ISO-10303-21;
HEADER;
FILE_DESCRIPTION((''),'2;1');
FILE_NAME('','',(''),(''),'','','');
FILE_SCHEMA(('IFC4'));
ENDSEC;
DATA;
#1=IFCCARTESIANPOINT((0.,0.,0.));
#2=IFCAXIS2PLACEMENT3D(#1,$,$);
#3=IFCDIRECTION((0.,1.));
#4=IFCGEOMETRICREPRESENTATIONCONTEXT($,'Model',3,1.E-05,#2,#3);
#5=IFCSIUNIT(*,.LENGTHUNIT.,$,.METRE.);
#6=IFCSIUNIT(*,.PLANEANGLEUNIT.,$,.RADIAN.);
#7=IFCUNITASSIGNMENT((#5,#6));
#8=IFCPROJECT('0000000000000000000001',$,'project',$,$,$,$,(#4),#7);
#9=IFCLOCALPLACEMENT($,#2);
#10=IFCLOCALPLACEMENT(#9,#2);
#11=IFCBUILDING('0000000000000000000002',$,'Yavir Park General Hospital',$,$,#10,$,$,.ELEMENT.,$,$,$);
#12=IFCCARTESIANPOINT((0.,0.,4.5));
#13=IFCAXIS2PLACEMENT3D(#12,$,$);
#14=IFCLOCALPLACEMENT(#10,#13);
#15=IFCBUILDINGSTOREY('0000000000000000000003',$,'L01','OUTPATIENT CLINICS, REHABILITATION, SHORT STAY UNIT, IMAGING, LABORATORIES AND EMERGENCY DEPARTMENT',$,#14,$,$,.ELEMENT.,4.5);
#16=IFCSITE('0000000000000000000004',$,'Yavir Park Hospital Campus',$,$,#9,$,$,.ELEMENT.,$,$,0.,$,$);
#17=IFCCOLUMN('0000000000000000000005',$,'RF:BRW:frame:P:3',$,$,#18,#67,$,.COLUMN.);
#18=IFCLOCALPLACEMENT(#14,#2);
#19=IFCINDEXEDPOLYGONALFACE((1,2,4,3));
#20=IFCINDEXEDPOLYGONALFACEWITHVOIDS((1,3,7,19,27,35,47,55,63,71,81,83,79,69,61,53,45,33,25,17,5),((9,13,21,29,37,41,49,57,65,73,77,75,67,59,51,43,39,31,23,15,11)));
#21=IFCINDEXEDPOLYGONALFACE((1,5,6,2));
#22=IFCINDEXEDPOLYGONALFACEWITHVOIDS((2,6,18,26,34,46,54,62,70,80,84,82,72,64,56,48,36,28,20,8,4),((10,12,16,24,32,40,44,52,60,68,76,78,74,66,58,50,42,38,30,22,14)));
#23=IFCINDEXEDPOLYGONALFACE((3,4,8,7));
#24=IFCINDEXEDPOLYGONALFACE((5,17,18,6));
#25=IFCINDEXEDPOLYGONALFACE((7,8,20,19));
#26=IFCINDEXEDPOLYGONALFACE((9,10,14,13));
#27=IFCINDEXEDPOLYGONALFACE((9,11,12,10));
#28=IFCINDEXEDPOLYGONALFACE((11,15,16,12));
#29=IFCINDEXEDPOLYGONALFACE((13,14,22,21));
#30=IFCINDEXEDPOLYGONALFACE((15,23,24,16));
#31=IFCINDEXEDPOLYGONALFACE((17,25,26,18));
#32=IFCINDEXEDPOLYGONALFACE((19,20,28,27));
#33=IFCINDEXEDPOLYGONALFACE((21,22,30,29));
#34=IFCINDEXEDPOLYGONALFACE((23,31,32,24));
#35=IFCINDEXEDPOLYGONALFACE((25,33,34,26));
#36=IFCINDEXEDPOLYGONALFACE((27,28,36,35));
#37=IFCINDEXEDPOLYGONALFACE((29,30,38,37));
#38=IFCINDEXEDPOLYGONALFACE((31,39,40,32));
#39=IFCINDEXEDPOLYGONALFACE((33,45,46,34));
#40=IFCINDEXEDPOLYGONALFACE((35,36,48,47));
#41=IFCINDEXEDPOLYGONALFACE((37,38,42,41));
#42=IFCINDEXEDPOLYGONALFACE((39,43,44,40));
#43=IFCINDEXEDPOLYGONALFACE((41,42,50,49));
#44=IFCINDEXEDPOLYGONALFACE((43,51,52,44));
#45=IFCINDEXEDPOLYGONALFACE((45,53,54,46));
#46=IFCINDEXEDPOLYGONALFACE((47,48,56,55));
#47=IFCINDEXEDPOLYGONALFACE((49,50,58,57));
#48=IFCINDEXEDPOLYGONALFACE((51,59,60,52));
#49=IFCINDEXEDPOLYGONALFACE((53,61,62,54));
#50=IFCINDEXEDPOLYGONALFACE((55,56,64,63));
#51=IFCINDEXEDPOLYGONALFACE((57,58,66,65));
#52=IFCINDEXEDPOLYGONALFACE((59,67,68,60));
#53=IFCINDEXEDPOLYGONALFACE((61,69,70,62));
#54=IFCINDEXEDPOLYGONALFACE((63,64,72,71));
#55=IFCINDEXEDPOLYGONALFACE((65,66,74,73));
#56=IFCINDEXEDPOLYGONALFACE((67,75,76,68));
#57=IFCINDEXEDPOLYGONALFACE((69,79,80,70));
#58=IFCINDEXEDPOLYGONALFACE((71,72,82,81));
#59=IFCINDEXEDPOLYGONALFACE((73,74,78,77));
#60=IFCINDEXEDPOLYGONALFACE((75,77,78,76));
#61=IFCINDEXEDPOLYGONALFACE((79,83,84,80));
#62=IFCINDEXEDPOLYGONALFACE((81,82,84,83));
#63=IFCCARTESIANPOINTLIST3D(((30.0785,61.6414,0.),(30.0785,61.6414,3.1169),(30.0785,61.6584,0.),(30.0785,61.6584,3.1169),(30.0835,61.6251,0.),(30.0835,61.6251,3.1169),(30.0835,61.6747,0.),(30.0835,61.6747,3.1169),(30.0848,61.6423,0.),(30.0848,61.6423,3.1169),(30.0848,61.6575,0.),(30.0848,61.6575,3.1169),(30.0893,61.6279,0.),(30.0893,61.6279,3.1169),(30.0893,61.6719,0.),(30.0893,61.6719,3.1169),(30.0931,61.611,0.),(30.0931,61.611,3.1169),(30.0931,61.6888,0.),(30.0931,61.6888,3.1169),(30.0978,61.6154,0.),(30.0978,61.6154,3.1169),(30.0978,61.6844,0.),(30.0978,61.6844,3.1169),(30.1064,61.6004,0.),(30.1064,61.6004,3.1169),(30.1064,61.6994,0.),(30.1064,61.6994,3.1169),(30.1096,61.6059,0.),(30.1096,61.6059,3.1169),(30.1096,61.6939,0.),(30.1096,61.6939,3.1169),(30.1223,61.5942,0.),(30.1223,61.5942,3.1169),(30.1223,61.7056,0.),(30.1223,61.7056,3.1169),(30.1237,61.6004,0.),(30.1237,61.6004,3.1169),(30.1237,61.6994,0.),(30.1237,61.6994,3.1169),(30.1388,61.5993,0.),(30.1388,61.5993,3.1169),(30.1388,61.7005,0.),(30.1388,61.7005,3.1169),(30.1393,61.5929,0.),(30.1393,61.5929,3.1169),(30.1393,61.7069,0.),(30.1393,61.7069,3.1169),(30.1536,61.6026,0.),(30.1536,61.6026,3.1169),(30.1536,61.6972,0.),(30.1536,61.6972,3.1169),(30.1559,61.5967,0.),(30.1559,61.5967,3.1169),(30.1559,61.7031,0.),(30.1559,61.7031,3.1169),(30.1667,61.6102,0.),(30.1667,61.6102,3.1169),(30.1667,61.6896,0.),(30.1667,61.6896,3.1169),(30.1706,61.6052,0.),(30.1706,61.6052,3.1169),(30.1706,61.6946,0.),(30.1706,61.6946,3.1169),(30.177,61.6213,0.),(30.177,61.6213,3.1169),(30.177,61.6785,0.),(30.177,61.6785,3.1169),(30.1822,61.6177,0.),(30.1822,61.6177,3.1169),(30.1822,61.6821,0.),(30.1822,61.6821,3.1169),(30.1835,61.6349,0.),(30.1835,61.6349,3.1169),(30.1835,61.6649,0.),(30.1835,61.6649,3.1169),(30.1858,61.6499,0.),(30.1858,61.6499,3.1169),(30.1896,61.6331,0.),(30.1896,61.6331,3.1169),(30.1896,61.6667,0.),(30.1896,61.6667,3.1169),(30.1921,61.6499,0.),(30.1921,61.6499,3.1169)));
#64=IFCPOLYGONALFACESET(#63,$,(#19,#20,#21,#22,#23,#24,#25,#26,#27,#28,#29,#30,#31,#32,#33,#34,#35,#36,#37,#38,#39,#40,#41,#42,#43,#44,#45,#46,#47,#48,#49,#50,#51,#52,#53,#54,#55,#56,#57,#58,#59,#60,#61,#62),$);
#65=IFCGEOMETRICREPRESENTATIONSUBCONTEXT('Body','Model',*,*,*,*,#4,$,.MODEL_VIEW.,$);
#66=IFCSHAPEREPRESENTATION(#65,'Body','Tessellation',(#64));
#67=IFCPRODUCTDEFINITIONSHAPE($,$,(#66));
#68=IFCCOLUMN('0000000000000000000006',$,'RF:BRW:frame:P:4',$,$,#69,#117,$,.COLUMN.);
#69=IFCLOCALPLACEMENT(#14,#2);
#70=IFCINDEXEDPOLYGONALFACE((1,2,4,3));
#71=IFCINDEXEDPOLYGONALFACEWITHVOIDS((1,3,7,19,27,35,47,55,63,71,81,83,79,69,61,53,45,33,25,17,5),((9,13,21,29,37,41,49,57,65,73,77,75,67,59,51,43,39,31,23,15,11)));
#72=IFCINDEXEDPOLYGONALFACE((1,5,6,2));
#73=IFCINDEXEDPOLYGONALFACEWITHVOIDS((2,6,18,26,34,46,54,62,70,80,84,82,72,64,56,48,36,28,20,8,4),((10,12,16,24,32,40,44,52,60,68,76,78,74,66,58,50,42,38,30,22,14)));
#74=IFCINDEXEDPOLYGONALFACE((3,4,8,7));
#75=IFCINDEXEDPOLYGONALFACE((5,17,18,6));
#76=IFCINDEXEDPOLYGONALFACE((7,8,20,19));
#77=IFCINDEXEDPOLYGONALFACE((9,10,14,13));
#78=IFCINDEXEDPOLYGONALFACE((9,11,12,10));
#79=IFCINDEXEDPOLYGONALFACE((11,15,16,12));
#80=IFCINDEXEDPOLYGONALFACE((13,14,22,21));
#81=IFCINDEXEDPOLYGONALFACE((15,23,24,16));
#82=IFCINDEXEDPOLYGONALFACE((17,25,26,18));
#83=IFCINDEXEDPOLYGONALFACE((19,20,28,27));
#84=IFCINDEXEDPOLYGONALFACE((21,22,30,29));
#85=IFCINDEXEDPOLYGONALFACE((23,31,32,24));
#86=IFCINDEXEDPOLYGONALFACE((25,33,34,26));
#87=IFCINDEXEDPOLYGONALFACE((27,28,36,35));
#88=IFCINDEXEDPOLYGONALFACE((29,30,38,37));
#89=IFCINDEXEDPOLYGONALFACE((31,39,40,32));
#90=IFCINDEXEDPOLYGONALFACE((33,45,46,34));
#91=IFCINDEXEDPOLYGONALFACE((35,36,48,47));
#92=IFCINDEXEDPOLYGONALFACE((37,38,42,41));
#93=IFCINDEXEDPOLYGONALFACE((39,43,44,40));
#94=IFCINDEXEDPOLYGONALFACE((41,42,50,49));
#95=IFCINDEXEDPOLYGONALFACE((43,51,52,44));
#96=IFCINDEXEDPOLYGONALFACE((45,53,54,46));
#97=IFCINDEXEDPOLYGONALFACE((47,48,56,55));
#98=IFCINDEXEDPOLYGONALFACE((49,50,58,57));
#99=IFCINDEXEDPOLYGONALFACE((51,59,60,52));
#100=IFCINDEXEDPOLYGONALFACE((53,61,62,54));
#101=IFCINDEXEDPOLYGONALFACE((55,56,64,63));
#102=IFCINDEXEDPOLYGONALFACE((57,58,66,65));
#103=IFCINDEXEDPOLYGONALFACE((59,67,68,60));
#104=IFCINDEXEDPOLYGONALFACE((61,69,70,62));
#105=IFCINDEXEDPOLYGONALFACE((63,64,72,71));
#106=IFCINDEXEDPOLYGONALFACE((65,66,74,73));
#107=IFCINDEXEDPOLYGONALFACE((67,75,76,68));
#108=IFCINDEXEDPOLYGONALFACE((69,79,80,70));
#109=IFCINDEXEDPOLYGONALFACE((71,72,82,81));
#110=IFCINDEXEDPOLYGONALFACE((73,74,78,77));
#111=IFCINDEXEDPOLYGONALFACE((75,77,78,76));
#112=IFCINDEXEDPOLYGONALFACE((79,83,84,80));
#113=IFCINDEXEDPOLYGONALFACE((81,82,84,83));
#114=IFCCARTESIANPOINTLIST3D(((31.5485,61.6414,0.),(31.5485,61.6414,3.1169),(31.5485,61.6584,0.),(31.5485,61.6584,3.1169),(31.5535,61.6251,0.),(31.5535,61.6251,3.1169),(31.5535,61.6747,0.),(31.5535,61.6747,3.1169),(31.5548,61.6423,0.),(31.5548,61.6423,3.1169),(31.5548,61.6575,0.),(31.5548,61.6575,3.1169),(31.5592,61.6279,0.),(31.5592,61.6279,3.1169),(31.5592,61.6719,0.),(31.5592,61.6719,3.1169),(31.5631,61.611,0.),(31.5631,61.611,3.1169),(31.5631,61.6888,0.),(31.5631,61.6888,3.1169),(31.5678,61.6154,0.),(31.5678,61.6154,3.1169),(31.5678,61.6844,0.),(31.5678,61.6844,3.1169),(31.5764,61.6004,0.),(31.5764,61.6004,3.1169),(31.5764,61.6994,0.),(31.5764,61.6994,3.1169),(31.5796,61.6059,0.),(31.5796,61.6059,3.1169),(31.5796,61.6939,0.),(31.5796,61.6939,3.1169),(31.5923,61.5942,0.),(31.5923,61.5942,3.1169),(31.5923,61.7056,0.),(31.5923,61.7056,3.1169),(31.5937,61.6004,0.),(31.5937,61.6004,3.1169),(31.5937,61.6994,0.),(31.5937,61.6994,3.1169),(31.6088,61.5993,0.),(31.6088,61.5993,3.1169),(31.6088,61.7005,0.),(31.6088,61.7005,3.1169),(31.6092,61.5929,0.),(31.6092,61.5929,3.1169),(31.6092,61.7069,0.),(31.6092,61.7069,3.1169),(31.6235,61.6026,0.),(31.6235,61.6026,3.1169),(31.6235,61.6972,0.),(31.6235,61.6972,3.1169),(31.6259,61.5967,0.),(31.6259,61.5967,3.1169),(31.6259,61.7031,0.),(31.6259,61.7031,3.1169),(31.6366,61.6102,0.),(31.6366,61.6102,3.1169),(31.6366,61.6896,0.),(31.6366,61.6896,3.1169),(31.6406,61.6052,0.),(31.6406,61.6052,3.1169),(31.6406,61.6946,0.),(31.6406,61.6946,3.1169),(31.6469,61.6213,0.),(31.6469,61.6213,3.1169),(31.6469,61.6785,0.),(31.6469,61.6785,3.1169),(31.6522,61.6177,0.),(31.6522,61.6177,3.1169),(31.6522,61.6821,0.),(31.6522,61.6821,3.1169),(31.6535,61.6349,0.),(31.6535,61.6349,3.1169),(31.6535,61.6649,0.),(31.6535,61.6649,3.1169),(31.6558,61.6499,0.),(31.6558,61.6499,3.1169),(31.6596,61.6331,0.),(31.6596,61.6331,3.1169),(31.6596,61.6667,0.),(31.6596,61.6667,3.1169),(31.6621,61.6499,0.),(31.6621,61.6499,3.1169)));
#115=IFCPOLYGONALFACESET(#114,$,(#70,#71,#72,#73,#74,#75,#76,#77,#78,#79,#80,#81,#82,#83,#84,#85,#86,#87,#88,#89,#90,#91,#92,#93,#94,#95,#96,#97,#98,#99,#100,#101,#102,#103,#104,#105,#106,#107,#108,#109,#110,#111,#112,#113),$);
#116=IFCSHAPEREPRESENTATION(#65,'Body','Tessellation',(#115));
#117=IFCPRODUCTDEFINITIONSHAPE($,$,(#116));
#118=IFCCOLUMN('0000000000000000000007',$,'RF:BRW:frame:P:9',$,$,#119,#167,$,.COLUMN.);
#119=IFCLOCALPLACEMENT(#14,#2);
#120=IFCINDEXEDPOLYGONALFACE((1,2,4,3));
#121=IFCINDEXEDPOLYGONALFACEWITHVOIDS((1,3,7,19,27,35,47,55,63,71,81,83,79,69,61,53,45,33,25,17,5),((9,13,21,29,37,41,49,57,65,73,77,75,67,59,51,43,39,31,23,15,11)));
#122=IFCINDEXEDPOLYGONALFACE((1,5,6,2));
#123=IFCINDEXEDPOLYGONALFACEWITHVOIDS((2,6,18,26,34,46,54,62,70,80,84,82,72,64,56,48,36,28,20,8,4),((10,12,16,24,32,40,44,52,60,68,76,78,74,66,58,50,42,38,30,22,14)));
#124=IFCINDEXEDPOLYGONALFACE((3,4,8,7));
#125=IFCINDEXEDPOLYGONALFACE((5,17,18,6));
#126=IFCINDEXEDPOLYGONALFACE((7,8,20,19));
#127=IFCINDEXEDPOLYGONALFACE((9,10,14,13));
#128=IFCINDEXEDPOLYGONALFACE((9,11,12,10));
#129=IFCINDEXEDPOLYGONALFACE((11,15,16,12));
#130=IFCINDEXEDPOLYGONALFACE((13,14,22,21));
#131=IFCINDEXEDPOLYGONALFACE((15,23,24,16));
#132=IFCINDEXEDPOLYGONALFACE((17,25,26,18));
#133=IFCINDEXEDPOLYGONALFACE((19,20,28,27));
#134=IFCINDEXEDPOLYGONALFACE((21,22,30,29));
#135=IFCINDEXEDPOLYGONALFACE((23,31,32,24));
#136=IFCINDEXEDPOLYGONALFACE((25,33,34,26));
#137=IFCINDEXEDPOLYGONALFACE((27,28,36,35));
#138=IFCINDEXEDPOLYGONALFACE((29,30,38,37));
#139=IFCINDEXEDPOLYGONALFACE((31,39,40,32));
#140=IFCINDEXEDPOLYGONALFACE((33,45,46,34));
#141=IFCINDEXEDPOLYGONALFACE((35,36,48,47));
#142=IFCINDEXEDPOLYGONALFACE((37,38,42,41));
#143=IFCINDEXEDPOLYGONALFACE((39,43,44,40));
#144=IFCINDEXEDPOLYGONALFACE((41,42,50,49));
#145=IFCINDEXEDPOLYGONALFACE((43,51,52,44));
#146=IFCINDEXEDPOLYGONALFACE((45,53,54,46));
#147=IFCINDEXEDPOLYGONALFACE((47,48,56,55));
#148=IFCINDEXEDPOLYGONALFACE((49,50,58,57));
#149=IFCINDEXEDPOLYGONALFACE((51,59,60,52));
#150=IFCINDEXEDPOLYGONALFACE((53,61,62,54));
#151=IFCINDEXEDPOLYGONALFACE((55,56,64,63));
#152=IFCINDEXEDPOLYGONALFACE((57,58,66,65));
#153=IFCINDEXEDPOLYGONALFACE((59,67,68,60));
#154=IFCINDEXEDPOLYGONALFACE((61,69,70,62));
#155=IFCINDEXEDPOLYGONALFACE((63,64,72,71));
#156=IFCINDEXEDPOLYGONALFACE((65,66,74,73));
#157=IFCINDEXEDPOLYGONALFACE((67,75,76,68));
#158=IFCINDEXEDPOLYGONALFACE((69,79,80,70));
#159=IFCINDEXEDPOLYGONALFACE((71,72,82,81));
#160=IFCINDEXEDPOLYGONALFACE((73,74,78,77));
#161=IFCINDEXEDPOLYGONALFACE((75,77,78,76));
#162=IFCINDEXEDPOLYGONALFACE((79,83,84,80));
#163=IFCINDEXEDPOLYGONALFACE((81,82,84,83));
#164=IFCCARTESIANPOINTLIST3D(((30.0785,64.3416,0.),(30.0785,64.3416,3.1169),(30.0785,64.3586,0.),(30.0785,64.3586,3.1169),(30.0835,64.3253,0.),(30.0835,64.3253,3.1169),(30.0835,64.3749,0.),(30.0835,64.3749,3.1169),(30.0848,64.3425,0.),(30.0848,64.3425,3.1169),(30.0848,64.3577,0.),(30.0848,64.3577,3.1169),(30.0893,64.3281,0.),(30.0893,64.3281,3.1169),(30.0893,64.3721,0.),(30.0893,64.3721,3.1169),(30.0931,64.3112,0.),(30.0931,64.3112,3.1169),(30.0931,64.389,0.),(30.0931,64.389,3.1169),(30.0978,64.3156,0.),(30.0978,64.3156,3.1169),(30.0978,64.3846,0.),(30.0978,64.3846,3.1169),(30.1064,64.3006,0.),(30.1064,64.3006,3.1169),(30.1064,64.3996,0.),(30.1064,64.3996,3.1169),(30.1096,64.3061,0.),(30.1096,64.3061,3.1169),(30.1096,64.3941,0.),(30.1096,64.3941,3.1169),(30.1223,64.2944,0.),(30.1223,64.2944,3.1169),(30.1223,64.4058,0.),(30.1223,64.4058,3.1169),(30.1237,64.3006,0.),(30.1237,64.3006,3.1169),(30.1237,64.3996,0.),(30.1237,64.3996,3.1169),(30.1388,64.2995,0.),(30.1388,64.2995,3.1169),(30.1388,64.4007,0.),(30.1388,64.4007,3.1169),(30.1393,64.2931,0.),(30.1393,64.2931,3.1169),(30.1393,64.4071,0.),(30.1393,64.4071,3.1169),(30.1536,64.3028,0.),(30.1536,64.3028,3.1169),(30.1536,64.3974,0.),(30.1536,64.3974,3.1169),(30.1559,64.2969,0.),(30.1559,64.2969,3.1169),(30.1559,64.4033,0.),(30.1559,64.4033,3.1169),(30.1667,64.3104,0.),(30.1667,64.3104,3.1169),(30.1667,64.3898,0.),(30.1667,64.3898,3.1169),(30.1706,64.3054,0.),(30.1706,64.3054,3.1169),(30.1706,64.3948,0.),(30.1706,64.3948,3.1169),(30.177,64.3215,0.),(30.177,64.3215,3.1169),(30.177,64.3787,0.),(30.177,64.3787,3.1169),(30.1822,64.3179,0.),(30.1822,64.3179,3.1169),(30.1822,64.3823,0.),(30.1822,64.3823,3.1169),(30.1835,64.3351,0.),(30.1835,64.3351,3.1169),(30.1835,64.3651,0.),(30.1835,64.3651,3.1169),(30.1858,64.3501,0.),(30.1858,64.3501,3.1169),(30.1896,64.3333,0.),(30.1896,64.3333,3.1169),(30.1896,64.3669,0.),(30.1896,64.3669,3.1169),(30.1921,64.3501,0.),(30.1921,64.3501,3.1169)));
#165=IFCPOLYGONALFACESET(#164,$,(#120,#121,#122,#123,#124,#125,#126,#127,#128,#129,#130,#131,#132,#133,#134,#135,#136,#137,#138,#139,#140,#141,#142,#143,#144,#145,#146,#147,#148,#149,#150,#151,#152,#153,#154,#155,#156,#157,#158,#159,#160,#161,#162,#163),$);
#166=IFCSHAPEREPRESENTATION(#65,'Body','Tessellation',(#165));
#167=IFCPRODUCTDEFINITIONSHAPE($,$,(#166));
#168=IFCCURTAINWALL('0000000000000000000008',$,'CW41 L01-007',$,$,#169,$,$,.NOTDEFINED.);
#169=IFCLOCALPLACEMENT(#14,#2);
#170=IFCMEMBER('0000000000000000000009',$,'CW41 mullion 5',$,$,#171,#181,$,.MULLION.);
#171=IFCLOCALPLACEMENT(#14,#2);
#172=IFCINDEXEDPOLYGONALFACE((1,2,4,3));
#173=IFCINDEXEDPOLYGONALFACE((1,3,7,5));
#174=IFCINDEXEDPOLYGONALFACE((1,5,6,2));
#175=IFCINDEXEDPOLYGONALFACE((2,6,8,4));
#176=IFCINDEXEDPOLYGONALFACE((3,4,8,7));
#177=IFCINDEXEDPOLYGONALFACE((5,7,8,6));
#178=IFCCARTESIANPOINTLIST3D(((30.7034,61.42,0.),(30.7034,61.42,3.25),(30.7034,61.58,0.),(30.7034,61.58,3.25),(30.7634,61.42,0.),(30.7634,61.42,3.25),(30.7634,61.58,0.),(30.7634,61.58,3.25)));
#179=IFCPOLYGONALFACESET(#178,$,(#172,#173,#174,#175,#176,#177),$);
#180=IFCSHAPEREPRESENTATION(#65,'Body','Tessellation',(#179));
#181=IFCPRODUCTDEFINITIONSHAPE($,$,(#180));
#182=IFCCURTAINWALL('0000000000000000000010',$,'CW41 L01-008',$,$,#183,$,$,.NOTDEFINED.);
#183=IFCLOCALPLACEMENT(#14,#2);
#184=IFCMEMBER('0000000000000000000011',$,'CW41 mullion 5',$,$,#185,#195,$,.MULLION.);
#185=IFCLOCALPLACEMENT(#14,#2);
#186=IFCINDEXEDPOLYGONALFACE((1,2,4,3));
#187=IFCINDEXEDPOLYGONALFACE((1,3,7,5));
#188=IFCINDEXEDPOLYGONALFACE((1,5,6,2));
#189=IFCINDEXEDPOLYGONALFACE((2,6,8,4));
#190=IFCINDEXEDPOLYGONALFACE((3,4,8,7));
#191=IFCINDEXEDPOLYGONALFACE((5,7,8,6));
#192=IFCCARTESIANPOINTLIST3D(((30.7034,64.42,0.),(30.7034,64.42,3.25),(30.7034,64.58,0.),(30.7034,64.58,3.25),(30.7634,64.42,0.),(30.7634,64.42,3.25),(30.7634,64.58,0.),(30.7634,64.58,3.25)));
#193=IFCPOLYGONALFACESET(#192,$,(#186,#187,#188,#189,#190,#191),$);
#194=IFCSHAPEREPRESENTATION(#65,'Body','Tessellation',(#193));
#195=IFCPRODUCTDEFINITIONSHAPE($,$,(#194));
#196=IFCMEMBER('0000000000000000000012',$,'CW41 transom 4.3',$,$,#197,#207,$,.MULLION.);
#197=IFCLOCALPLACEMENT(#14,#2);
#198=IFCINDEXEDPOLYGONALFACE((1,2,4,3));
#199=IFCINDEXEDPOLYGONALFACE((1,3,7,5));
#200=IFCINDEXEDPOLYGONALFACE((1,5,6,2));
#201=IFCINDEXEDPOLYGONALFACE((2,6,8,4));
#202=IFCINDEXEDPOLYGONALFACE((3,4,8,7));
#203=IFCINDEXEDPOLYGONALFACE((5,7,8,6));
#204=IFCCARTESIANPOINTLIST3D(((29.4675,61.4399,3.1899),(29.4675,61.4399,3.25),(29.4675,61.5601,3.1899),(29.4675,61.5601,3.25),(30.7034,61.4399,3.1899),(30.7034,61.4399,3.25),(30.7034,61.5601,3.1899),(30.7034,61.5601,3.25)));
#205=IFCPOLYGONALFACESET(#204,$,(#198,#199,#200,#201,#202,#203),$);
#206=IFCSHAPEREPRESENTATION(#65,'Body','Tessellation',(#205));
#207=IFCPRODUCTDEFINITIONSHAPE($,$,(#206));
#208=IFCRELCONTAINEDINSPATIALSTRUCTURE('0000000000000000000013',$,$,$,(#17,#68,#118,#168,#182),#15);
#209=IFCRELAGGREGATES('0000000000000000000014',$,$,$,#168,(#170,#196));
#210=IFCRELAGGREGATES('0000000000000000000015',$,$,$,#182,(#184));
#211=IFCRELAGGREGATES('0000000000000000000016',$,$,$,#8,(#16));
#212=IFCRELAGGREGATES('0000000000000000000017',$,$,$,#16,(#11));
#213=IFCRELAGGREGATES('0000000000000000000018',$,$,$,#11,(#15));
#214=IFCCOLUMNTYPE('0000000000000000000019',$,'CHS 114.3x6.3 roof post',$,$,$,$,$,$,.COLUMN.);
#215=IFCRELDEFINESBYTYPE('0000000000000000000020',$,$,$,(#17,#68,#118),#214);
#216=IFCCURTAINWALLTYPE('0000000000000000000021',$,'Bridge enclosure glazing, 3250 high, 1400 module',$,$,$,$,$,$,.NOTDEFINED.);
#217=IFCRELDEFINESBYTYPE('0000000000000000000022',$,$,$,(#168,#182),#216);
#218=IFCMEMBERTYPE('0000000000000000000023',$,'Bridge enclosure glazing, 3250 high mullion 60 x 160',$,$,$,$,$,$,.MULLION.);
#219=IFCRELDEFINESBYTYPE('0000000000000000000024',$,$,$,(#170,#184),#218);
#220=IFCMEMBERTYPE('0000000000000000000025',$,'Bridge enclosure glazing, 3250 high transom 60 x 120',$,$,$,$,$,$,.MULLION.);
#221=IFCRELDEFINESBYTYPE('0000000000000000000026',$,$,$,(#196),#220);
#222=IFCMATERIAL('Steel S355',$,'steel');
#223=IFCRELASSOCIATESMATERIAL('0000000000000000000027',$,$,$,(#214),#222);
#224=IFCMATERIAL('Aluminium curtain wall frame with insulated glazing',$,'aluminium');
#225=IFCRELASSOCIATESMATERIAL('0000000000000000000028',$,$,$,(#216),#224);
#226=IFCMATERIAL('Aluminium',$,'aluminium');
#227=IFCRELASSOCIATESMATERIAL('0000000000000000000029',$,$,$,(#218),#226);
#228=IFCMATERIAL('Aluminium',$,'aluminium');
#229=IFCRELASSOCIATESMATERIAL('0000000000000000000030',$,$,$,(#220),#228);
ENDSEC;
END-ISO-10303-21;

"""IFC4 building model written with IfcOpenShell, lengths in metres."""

from ifc_helpers import new_model, si_unit, direction, frame, origin, origin_2d, place, context, subcontext, project, spatial, rectangle, hollow_circle, extrude, material, material_profile, profile_set, type_object, element, aggregate, save


model = new_model("IFC4")

# Units and contexts
model_context = context("Model", 3, precision=1e-05, world=origin(), true_north=direction((0.0, 1.0)))
body_context = subcontext(model_context, "Body", "Model", "MODEL_VIEW")
ifc_project = project(units=[si_unit("LENGTHUNIT", "METRE"), si_unit("PLANEANGLEUNIT", "RADIAN")], contexts=[model_context])

# Site, building, storey
site_placement = place(None, origin())
site = spatial("IfcSite", under=ifc_project, at=site_placement, Name="Yavir Park Hospital Campus", CompositionType="ELEMENT", RefElevation=0.0)
building_placement = place(site_placement, origin())
building = spatial("IfcBuilding", under=site, at=building_placement, Name="Yavir Park General Hospital", CompositionType="ELEMENT")
storey_placement = place(building_placement, frame((0.0, 0.0, 4.5)))
storey = spatial("IfcBuildingStorey", under=building, at=storey_placement, Name="L01", Description="OUTPATIENT CLINICS, REHABILITATION, SHORT STAY UNIT, IMAGING, LABORATORIES AND EMERGENCY DEPARTMENT", CompositionType="ELEMENT", Elevation=4.5)

# Columns
ifc_material_1 = material(Name="Steel S355", Category="steel")
ifc_material_profile_1 = material_profile(ifc_material_1, hollow_circle(Radius=0.0571, WallThickness=0.0063, at=origin_2d()), Name="CHS114.3x6.3")
ifc_profile_set_1 = profile_set([ifc_material_profile_1], Name="Steel S355")
column_type = type_object("IfcColumnType", Name="CHS 114.3x6.3 roof post", PredefinedType="COLUMN", material=ifc_profile_set_1)
for number, where, z_axis, x_axis, name in (
    (1, (30.135, 61.6499, 0.0), (0.0, 0.0, 1.0), (1.0, 0.0, 0.0), "RF:BRW:frame:P:3"),
    (2, (31.605, 61.6499, 0.0), (0.0, 0.0, 1.0), (1.0, 0.0, 0.0), "RF:BRW:frame:P:4"),
    (3, (30.135, 64.3501, 0.0), (0.0, 0.0, 1.0), (1.0, 0.0, 0.0), "RF:BRW:frame:P:9"),
):
    element("IfcColumn", number, at=place(storey_placement, frame(where, z_axis=z_axis, x_axis=x_axis)), inside=storey, type_object=column_type, Name=name, PredefinedType="COLUMN", context=body_context, shape_type="SweptSolid", body=[
        extrude(hollow_circle(Radius=0.0571, WallThickness=0.0063, at=origin_2d()), origin(), (0.0, 0.0, 1.0), 3.1169),
    ])

# Curtain walls, members
ifc_material_2 = material(Name="Aluminium curtain wall frame with insulated glazing", Category="aluminium")
curtain_wall_type = type_object("IfcCurtainWallType", Name="Bridge enclosure glazing, 3250 high, 1400 module", PredefinedType="NOTDEFINED", material=ifc_material_2)
curtain_wall_1_placement = place(storey_placement, origin())
curtain_wall_1 = element("IfcCurtainWall", 4, at=curtain_wall_1_placement, inside=storey, type_object=curtain_wall_type, Name="CW41 L01-007", PredefinedType="NOTDEFINED")
ifc_material_3 = material(Name="Aluminium", Category="aluminium")
ifc_material_profile_2 = material_profile(ifc_material_3, rectangle(XDim=0.1599, YDim=0.0601, at=origin_2d()), Name="AL 60x160")
ifc_profile_set_2 = profile_set([ifc_material_profile_2], Name="Aluminium")
member_type_1 = type_object("IfcMemberType", Name="Bridge enclosure glazing, 3250 high mullion 60 x 160", PredefinedType="MULLION", material=ifc_profile_set_2)
member_1_placement = place(storey_placement, frame((30.7334, 61.5, 0.0), z_axis=(0.0, 0.0, 1.0), x_axis=(0.0, 1.0, 0.0)))
member_1 = element("IfcMember", 5, at=member_1_placement, type_object=member_type_1, Name="CW41 mullion 5", PredefinedType="MULLION", context=body_context, shape_type="SweptSolid", body=[
    extrude(rectangle(XDim=0.1599, YDim=0.0601, at=origin_2d()), origin(), (0.0, 0.0, 1.0), 3.25),
])
curtain_wall_2_placement = place(storey_placement, origin())
curtain_wall_2 = element("IfcCurtainWall", 6, at=curtain_wall_2_placement, inside=storey, type_object=curtain_wall_type, Name="CW41 L01-008", PredefinedType="NOTDEFINED")
member_2_placement = place(storey_placement, frame((30.7334, 64.5, 0.0), z_axis=(0.0, 0.0, 1.0), x_axis=(0.0, 1.0, 0.0)))
member_2 = element("IfcMember", 7, at=member_2_placement, type_object=member_type_1, Name="CW41 mullion 5", PredefinedType="MULLION", context=body_context, shape_type="SweptSolid", body=[
    extrude(rectangle(XDim=0.1599, YDim=0.0601, at=origin_2d()), origin(), (0.0, 0.0, 1.0), 3.25),
])

# Member
ifc_material_4 = material(Name="Aluminium", Category="aluminium")
ifc_material_profile_3 = material_profile(ifc_material_4, rectangle(XDim=0.1201, YDim=0.0601, at=origin_2d()), Name="AL 120x60")
ifc_profile_set_3 = profile_set([ifc_material_profile_3], Name="Aluminium")
member_type_2 = type_object("IfcMemberType", Name="Bridge enclosure glazing, 3250 high transom 60 x 120", PredefinedType="MULLION", material=ifc_profile_set_3)
member_3_placement = place(storey_placement, frame((29.4675, 61.5, 3.22), z_axis=(1.0, 0.0, 0.0), x_axis=(0.0, 1.0, 0.0)))
member_3 = element("IfcMember", 8, at=member_3_placement, type_object=member_type_2, Name="CW41 transom 4.3", PredefinedType="MULLION", context=body_context, shape_type="SweptSolid", body=[
    extrude(rectangle(XDim=0.1201, YDim=0.0601, at=origin_2d()), origin(), (0.0, 0.0, 1.0), 1.2358),
])

aggregate(curtain_wall_1, [member_1, member_3])
aggregate(curtain_wall_2, [member_2])

save(model, "model.ifc")
